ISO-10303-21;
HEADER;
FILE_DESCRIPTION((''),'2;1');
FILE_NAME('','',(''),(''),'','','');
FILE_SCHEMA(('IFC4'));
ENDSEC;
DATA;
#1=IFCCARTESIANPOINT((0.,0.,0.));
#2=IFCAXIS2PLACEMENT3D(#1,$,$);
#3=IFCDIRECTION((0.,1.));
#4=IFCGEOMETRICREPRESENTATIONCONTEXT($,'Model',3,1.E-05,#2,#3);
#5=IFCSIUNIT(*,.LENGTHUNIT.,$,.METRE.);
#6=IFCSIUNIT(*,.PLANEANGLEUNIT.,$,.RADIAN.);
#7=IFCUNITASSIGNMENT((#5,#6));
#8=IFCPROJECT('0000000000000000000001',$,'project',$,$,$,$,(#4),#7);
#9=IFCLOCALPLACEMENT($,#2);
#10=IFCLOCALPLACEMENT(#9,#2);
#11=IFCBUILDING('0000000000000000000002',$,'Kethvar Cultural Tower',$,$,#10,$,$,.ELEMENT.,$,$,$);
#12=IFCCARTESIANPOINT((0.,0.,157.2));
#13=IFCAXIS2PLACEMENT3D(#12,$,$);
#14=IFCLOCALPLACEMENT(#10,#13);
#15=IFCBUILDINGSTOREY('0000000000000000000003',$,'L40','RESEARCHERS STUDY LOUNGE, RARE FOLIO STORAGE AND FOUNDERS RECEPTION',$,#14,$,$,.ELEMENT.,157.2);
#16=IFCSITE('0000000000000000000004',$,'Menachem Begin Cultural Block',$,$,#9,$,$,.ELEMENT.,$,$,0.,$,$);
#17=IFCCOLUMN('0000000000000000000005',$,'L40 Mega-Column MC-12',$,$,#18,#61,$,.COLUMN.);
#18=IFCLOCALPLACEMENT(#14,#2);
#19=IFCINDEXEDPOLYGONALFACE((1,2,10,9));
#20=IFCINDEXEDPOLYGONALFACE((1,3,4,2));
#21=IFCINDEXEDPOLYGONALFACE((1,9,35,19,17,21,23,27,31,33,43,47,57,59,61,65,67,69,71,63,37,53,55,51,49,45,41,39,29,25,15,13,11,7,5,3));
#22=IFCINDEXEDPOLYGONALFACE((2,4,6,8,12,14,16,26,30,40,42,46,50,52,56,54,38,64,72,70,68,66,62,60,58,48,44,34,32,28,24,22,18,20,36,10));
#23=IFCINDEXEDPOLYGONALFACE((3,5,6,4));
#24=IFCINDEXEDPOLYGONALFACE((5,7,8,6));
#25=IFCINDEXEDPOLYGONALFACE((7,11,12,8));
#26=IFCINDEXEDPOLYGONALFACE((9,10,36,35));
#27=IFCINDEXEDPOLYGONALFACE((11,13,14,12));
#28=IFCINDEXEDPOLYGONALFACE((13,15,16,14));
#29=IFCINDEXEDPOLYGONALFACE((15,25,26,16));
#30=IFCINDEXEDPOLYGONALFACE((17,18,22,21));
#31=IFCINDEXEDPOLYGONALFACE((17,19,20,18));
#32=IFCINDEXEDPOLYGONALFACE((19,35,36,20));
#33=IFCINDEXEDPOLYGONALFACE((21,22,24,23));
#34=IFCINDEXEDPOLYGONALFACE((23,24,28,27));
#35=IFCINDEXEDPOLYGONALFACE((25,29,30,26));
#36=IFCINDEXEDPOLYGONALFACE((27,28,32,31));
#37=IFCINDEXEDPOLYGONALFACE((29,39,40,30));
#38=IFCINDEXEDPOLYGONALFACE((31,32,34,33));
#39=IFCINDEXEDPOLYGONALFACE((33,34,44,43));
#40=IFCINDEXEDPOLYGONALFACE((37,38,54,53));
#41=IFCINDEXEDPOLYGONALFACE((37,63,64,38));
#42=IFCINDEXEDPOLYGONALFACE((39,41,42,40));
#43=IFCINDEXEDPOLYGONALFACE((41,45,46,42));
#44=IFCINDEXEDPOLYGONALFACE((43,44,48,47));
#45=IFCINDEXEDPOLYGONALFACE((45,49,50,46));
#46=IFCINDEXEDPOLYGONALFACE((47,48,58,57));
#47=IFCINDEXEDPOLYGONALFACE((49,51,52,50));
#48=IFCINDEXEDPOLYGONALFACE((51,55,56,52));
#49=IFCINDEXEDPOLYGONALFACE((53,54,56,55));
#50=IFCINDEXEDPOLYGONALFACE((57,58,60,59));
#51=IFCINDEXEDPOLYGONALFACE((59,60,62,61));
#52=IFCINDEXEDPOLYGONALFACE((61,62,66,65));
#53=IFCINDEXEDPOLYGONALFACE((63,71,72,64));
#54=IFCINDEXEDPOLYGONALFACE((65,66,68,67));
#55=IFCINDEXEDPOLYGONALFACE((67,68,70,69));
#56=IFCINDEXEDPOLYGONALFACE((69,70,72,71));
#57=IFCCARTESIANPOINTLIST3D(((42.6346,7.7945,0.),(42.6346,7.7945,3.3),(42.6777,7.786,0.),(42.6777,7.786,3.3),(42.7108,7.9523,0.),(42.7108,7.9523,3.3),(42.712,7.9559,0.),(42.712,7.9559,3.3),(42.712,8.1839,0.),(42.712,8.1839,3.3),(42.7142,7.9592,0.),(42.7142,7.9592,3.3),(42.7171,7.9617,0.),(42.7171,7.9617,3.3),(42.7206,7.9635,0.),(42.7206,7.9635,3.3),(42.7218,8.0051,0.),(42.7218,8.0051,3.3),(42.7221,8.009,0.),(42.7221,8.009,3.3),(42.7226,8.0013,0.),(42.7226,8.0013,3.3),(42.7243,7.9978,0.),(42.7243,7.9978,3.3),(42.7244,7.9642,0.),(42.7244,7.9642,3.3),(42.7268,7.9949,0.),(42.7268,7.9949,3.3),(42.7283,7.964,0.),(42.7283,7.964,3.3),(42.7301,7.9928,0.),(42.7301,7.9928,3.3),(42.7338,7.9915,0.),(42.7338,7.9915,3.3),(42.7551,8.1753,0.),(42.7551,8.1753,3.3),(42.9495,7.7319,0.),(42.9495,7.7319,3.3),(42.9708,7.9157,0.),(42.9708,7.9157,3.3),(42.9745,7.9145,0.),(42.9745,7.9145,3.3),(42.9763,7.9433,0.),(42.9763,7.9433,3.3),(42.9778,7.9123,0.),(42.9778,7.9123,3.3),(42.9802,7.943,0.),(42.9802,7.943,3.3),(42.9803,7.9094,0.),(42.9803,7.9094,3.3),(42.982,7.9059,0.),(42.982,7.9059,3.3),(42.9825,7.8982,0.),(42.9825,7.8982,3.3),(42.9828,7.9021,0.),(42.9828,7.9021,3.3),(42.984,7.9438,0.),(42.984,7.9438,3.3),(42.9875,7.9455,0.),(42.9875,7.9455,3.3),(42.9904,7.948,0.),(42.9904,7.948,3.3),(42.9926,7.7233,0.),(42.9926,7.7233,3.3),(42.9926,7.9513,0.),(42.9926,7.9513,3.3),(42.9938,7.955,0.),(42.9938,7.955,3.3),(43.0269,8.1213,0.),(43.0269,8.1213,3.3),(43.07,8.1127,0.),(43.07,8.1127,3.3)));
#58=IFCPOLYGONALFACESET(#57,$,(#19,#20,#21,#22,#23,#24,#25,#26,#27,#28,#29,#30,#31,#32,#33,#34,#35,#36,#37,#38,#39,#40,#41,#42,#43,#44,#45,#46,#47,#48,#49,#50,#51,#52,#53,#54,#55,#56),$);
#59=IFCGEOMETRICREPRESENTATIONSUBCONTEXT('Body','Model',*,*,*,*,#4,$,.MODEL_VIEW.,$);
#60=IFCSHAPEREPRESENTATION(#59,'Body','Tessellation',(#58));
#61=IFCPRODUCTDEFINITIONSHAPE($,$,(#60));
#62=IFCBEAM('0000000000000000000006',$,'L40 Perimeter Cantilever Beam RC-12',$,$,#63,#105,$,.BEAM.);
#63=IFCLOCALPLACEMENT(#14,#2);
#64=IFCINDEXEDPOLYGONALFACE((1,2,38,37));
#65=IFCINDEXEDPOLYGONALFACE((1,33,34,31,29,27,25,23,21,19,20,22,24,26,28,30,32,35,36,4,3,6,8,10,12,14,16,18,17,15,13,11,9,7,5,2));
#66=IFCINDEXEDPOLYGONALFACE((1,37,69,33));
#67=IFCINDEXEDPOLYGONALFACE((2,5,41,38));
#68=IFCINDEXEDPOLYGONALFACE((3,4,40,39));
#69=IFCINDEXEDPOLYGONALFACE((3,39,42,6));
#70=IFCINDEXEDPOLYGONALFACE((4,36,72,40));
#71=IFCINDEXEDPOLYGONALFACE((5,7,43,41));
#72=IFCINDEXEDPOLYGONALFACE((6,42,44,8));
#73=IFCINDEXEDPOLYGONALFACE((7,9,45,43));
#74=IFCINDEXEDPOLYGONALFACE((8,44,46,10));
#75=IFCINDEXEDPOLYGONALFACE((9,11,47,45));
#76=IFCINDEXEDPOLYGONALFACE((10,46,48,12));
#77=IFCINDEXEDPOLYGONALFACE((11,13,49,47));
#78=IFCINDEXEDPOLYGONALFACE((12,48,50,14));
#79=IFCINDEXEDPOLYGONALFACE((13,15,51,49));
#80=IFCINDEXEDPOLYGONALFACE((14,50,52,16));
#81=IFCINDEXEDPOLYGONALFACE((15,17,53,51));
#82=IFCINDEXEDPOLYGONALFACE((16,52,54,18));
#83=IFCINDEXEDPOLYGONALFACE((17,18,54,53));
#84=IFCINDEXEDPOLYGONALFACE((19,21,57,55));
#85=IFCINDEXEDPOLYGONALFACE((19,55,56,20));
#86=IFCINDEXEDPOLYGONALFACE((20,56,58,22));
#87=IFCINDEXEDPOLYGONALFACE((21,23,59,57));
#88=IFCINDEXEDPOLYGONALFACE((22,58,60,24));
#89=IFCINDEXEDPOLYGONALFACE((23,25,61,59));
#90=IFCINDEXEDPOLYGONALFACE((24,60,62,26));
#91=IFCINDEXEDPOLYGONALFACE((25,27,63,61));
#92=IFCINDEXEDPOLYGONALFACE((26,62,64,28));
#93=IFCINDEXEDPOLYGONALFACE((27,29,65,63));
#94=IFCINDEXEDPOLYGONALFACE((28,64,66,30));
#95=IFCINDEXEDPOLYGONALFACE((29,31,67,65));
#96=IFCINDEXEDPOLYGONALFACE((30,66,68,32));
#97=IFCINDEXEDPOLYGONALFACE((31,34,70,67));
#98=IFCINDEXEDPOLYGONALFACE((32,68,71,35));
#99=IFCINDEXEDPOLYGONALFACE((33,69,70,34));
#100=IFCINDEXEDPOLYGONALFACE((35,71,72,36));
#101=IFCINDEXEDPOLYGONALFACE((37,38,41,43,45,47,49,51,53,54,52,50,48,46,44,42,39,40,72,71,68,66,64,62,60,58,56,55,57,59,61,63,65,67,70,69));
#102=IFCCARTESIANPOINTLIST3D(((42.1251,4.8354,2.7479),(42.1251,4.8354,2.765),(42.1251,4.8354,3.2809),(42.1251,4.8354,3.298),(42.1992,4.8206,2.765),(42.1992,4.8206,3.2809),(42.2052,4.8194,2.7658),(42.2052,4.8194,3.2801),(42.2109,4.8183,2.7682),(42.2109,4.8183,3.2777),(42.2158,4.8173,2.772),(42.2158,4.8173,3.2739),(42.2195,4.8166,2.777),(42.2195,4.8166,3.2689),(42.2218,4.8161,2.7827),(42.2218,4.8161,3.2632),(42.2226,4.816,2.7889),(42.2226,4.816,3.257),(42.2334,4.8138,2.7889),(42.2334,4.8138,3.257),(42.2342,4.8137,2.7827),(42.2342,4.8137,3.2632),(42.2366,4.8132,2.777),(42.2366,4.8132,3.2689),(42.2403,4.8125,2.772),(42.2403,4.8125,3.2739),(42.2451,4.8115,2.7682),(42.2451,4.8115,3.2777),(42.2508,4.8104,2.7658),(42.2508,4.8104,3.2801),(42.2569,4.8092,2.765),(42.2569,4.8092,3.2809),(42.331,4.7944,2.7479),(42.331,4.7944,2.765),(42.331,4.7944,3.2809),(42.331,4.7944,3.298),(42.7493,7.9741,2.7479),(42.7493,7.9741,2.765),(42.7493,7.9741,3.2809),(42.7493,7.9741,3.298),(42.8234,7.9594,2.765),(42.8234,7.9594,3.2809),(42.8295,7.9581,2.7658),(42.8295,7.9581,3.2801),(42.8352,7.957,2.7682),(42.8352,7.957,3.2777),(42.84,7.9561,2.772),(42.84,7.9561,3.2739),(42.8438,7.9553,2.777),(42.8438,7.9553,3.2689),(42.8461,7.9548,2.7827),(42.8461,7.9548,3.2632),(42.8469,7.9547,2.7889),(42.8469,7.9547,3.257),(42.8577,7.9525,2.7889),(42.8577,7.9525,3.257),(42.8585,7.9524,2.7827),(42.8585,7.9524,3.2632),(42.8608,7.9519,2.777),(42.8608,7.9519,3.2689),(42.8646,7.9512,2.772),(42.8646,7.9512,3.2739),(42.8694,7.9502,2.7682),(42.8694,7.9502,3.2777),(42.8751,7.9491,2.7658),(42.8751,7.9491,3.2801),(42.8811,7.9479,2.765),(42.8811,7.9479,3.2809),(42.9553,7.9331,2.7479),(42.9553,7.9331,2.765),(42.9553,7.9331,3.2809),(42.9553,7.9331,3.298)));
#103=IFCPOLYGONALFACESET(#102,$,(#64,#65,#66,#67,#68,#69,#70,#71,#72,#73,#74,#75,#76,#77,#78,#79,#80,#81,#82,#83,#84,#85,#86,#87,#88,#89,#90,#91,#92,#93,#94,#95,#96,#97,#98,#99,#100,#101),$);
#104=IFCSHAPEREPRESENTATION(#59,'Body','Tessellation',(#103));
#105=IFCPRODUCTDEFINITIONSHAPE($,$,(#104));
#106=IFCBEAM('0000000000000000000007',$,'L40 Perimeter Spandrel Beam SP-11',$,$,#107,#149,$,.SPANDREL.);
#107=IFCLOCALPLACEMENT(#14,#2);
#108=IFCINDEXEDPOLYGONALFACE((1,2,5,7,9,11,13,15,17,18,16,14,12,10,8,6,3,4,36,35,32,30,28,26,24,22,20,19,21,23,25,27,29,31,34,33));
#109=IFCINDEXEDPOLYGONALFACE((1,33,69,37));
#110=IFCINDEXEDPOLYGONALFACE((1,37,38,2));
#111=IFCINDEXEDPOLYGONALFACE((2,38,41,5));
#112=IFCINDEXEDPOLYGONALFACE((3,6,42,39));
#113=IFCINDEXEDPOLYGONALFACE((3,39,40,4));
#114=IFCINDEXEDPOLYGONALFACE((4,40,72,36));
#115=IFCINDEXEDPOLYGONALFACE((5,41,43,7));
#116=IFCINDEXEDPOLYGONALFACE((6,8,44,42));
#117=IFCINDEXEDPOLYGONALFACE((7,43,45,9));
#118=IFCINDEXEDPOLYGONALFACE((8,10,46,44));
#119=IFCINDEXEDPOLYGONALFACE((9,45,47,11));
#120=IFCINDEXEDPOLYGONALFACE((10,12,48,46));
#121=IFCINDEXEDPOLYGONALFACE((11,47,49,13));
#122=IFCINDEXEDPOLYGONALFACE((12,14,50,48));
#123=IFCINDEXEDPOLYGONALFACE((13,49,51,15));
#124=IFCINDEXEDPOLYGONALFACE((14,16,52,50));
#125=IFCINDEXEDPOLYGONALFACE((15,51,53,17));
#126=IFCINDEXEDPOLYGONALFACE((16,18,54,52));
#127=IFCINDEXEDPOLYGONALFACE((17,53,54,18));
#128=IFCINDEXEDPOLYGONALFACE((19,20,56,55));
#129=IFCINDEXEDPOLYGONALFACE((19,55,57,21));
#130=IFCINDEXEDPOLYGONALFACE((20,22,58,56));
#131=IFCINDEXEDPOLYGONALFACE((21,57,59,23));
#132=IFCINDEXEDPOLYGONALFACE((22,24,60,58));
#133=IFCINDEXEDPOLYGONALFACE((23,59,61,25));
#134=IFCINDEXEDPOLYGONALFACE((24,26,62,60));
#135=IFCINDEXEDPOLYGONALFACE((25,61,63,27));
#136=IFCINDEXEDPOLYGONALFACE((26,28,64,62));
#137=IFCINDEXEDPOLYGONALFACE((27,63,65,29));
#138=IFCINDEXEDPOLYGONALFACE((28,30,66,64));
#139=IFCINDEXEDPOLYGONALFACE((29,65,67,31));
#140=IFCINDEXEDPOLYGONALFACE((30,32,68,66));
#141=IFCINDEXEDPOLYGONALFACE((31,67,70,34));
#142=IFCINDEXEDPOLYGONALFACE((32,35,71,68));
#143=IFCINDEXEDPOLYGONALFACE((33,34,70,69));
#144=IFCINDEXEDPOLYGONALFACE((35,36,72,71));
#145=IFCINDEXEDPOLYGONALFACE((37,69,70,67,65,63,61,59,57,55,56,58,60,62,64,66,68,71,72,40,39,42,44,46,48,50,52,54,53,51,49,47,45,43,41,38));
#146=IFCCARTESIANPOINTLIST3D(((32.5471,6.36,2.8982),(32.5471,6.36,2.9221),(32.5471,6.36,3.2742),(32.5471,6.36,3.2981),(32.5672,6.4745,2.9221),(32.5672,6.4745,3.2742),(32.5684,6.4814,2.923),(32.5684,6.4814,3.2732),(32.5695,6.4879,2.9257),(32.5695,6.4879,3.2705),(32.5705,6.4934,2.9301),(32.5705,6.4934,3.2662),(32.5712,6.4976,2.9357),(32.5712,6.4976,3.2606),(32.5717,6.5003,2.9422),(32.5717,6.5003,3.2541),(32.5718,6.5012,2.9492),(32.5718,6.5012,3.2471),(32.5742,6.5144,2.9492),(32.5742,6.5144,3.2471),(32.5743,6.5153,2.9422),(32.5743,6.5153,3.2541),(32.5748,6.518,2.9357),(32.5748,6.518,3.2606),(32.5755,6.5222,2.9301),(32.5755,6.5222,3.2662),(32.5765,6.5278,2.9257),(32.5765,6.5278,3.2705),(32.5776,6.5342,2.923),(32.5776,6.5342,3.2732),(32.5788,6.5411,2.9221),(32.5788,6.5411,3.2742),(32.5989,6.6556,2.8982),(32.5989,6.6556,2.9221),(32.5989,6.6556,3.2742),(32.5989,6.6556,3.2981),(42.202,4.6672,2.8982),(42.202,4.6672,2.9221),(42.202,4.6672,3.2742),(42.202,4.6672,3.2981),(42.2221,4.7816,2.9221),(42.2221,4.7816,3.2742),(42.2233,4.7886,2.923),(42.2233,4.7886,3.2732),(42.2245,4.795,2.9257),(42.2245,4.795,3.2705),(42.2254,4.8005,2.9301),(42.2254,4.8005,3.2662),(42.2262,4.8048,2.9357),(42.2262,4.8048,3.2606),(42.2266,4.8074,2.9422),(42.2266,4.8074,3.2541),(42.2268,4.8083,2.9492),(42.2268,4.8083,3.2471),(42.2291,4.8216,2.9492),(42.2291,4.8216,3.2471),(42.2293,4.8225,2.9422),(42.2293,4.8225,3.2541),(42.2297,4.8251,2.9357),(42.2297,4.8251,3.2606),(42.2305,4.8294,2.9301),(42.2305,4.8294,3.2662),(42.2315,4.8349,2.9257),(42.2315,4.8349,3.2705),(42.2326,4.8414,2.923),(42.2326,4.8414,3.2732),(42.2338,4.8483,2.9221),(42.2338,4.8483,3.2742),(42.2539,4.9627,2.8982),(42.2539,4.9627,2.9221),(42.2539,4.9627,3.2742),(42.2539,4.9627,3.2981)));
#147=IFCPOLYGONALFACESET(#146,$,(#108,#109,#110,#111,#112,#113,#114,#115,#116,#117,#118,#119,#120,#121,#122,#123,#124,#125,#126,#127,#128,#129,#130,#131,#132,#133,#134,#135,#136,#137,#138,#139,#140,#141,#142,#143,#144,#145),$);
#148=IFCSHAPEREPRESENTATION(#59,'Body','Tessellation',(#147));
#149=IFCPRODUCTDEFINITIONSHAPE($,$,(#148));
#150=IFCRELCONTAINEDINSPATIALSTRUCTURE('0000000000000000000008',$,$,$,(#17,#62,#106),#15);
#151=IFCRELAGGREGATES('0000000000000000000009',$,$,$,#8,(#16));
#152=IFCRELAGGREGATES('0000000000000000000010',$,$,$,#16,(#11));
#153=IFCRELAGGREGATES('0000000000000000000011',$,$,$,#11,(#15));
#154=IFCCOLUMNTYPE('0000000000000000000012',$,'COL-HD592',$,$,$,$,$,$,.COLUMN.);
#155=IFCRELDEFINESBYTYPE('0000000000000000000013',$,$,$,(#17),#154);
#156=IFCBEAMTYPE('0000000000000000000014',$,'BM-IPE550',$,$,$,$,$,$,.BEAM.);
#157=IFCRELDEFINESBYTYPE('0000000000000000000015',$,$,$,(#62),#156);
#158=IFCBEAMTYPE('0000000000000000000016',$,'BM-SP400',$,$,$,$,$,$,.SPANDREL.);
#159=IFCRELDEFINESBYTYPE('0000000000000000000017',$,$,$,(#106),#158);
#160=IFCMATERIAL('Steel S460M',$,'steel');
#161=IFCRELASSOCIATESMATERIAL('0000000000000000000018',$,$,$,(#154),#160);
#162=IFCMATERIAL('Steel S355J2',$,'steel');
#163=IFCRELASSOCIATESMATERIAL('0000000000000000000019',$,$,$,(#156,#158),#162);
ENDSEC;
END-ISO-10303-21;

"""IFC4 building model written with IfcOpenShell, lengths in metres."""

from ifc_helpers import new_model, si_unit, direction, frame, origin, origin_2d, place, context, subcontext, project, spatial, i_section, extrude, source, transform, mapped, material, material_profile, profile_set, type_object, element, save


model = new_model("IFC4")

# Units and contexts
model_context = context("Model", 3, precision=1e-05, world=origin(), true_north=direction((0.0, 1.0)))
body_context = subcontext(model_context, "Body", "Model", "MODEL_VIEW")
ifc_project = project(units=[si_unit("LENGTHUNIT", "METRE"), si_unit("PLANEANGLEUNIT", "RADIAN")], contexts=[model_context])

# Site, building, storey
site_placement = place(None, origin())
site = spatial("IfcSite", under=ifc_project, at=site_placement, Name="Menachem Begin Cultural Block", CompositionType="ELEMENT", RefElevation=0.0)
building_placement = place(site_placement, origin())
building = spatial("IfcBuilding", under=site, at=building_placement, Name="Kethvar Cultural Tower", CompositionType="ELEMENT")
storey_placement = place(building_placement, frame((0.0, 0.0, 157.2)))
storey = spatial("IfcBuildingStorey", under=building, at=storey_placement, Name="L40", Description="RESEARCHERS STUDY LOUNGE, RARE FOLIO STORAGE AND FOUNDERS RECEPTION", CompositionType="ELEMENT", Elevation=157.2)

# Column
ifc_material_1 = material(Name="Steel S460M", Category="steel")
ifc_material_profile_1 = material_profile(ifc_material_1, i_section(OverallWidth=0.397, OverallDepth=0.365, WebThickness=0.0281, FlangeThickness=0.0439, FilletRadius=0.0149, at=origin_2d()), Name="Steel S460M — HD400x592")
ifc_profile_set_1 = profile_set([ifc_material_profile_1], Name="Steel S460M — HD400x592")
column_type = type_object("IfcColumnType", Name="COL-HD592", PredefinedType="COLUMN", material=ifc_profile_set_1)
shared_shape_1 = source(origin(), body_context, "Body", "SweptSolid", [
    extrude(i_section(OverallWidth=0.397, OverallDepth=0.365, WebThickness=0.0281, FlangeThickness=0.0439, FilletRadius=0.0149, at=origin_2d()), origin(), (0.0, 0.0, 1.0), 3.3),
])
column_placement = place(storey_placement, frame((42.8523, 7.9536, 0.0), z_axis=(0.0, 0.0, 1.0), x_axis=(-0.19509, -0.980785, 0.0)))
element("IfcColumn", 1, at=column_placement, inside=storey, type_object=column_type, Name="L40 Mega-Column MC-12", PredefinedType="COLUMN", context=body_context, shape_type="MappedRepresentation", body=[
    mapped(shared_shape_1, transform((0.0, 0.0, 0.0), scale=1.0)),
])

# Beams
ifc_material_2 = material(Name="Steel S355J2", Category="steel")
ifc_material_profile_2 = material_profile(ifc_material_2, i_section(OverallWidth=0.21, OverallDepth=0.55, WebThickness=0.011, FlangeThickness=0.0171, FilletRadius=0.0239, at=origin_2d()), Name="Steel S355J2 — IPE550")
ifc_profile_set_2 = profile_set([ifc_material_profile_2], Name="Steel S355J2 — IPE550")
beam_type_1 = type_object("IfcBeamType", Name="BM-IPE550", PredefinedType="BEAM", material=ifc_profile_set_2)
shared_shape_2 = source(origin(), body_context, "Body", "SweptSolid", [
    extrude(i_section(OverallWidth=0.21, OverallDepth=0.55, WebThickness=0.011, FlangeThickness=0.0171, FilletRadius=0.0239, at=origin_2d()), origin(), (0.0, 0.0, 1.0), 3.2002),
])
beam_1_placement = place(storey_placement, frame((42.8523, 7.9536, 3.0229), z_axis=(-0.195074, -0.980788, 0.0), x_axis=(0.980788, -0.195074, 0.0)))
element("IfcBeam", 2, at=beam_1_placement, inside=storey, type_object=beam_type_1, Name="L40 Perimeter Cantilever Beam RC-12", PredefinedType="BEAM", context=body_context, shape_type="MappedRepresentation", body=[
    mapped(shared_shape_2, transform((0.0, 0.0, 0.0), scale=1.0)),
])
ifc_material_profile_3 = material_profile(ifc_material_2, i_section(OverallWidth=0.3, OverallDepth=0.3999, WebThickness=0.0134, FlangeThickness=0.0239, FilletRadius=0.0271, at=origin_2d()), Name="Steel S355J2 — HEB400")
ifc_profile_set_3 = profile_set([ifc_material_profile_3], Name="Steel S355J2 — HEB400")
beam_type_2 = type_object("IfcBeamType", Name="BM-SP400", PredefinedType="SPANDREL", material=ifc_profile_set_3)
shared_shape_3 = source(origin(), body_context, "Body", "SweptSolid", [
    extrude(i_section(OverallWidth=0.3, OverallDepth=0.3999, WebThickness=0.0134, FlangeThickness=0.0239, FilletRadius=0.0271, at=origin_2d()), origin(), (0.0, 0.0, 1.0), 9.8022),
])
beam_2_placement = place(storey_placement, frame((32.573, 6.5078, 3.0981), z_axis=(0.984974, -0.172701, 0.0), x_axis=(0.172701, 0.984974, 0.0)))
element("IfcBeam", 3, at=beam_2_placement, inside=storey, type_object=beam_type_2, Name="L40 Perimeter Spandrel Beam SP-11", PredefinedType="SPANDREL", context=body_context, shape_type="MappedRepresentation", body=[
    mapped(shared_shape_3, transform((0.0, 0.0, 0.0), scale=1.0)),
])

save(model, "model.ifc")
